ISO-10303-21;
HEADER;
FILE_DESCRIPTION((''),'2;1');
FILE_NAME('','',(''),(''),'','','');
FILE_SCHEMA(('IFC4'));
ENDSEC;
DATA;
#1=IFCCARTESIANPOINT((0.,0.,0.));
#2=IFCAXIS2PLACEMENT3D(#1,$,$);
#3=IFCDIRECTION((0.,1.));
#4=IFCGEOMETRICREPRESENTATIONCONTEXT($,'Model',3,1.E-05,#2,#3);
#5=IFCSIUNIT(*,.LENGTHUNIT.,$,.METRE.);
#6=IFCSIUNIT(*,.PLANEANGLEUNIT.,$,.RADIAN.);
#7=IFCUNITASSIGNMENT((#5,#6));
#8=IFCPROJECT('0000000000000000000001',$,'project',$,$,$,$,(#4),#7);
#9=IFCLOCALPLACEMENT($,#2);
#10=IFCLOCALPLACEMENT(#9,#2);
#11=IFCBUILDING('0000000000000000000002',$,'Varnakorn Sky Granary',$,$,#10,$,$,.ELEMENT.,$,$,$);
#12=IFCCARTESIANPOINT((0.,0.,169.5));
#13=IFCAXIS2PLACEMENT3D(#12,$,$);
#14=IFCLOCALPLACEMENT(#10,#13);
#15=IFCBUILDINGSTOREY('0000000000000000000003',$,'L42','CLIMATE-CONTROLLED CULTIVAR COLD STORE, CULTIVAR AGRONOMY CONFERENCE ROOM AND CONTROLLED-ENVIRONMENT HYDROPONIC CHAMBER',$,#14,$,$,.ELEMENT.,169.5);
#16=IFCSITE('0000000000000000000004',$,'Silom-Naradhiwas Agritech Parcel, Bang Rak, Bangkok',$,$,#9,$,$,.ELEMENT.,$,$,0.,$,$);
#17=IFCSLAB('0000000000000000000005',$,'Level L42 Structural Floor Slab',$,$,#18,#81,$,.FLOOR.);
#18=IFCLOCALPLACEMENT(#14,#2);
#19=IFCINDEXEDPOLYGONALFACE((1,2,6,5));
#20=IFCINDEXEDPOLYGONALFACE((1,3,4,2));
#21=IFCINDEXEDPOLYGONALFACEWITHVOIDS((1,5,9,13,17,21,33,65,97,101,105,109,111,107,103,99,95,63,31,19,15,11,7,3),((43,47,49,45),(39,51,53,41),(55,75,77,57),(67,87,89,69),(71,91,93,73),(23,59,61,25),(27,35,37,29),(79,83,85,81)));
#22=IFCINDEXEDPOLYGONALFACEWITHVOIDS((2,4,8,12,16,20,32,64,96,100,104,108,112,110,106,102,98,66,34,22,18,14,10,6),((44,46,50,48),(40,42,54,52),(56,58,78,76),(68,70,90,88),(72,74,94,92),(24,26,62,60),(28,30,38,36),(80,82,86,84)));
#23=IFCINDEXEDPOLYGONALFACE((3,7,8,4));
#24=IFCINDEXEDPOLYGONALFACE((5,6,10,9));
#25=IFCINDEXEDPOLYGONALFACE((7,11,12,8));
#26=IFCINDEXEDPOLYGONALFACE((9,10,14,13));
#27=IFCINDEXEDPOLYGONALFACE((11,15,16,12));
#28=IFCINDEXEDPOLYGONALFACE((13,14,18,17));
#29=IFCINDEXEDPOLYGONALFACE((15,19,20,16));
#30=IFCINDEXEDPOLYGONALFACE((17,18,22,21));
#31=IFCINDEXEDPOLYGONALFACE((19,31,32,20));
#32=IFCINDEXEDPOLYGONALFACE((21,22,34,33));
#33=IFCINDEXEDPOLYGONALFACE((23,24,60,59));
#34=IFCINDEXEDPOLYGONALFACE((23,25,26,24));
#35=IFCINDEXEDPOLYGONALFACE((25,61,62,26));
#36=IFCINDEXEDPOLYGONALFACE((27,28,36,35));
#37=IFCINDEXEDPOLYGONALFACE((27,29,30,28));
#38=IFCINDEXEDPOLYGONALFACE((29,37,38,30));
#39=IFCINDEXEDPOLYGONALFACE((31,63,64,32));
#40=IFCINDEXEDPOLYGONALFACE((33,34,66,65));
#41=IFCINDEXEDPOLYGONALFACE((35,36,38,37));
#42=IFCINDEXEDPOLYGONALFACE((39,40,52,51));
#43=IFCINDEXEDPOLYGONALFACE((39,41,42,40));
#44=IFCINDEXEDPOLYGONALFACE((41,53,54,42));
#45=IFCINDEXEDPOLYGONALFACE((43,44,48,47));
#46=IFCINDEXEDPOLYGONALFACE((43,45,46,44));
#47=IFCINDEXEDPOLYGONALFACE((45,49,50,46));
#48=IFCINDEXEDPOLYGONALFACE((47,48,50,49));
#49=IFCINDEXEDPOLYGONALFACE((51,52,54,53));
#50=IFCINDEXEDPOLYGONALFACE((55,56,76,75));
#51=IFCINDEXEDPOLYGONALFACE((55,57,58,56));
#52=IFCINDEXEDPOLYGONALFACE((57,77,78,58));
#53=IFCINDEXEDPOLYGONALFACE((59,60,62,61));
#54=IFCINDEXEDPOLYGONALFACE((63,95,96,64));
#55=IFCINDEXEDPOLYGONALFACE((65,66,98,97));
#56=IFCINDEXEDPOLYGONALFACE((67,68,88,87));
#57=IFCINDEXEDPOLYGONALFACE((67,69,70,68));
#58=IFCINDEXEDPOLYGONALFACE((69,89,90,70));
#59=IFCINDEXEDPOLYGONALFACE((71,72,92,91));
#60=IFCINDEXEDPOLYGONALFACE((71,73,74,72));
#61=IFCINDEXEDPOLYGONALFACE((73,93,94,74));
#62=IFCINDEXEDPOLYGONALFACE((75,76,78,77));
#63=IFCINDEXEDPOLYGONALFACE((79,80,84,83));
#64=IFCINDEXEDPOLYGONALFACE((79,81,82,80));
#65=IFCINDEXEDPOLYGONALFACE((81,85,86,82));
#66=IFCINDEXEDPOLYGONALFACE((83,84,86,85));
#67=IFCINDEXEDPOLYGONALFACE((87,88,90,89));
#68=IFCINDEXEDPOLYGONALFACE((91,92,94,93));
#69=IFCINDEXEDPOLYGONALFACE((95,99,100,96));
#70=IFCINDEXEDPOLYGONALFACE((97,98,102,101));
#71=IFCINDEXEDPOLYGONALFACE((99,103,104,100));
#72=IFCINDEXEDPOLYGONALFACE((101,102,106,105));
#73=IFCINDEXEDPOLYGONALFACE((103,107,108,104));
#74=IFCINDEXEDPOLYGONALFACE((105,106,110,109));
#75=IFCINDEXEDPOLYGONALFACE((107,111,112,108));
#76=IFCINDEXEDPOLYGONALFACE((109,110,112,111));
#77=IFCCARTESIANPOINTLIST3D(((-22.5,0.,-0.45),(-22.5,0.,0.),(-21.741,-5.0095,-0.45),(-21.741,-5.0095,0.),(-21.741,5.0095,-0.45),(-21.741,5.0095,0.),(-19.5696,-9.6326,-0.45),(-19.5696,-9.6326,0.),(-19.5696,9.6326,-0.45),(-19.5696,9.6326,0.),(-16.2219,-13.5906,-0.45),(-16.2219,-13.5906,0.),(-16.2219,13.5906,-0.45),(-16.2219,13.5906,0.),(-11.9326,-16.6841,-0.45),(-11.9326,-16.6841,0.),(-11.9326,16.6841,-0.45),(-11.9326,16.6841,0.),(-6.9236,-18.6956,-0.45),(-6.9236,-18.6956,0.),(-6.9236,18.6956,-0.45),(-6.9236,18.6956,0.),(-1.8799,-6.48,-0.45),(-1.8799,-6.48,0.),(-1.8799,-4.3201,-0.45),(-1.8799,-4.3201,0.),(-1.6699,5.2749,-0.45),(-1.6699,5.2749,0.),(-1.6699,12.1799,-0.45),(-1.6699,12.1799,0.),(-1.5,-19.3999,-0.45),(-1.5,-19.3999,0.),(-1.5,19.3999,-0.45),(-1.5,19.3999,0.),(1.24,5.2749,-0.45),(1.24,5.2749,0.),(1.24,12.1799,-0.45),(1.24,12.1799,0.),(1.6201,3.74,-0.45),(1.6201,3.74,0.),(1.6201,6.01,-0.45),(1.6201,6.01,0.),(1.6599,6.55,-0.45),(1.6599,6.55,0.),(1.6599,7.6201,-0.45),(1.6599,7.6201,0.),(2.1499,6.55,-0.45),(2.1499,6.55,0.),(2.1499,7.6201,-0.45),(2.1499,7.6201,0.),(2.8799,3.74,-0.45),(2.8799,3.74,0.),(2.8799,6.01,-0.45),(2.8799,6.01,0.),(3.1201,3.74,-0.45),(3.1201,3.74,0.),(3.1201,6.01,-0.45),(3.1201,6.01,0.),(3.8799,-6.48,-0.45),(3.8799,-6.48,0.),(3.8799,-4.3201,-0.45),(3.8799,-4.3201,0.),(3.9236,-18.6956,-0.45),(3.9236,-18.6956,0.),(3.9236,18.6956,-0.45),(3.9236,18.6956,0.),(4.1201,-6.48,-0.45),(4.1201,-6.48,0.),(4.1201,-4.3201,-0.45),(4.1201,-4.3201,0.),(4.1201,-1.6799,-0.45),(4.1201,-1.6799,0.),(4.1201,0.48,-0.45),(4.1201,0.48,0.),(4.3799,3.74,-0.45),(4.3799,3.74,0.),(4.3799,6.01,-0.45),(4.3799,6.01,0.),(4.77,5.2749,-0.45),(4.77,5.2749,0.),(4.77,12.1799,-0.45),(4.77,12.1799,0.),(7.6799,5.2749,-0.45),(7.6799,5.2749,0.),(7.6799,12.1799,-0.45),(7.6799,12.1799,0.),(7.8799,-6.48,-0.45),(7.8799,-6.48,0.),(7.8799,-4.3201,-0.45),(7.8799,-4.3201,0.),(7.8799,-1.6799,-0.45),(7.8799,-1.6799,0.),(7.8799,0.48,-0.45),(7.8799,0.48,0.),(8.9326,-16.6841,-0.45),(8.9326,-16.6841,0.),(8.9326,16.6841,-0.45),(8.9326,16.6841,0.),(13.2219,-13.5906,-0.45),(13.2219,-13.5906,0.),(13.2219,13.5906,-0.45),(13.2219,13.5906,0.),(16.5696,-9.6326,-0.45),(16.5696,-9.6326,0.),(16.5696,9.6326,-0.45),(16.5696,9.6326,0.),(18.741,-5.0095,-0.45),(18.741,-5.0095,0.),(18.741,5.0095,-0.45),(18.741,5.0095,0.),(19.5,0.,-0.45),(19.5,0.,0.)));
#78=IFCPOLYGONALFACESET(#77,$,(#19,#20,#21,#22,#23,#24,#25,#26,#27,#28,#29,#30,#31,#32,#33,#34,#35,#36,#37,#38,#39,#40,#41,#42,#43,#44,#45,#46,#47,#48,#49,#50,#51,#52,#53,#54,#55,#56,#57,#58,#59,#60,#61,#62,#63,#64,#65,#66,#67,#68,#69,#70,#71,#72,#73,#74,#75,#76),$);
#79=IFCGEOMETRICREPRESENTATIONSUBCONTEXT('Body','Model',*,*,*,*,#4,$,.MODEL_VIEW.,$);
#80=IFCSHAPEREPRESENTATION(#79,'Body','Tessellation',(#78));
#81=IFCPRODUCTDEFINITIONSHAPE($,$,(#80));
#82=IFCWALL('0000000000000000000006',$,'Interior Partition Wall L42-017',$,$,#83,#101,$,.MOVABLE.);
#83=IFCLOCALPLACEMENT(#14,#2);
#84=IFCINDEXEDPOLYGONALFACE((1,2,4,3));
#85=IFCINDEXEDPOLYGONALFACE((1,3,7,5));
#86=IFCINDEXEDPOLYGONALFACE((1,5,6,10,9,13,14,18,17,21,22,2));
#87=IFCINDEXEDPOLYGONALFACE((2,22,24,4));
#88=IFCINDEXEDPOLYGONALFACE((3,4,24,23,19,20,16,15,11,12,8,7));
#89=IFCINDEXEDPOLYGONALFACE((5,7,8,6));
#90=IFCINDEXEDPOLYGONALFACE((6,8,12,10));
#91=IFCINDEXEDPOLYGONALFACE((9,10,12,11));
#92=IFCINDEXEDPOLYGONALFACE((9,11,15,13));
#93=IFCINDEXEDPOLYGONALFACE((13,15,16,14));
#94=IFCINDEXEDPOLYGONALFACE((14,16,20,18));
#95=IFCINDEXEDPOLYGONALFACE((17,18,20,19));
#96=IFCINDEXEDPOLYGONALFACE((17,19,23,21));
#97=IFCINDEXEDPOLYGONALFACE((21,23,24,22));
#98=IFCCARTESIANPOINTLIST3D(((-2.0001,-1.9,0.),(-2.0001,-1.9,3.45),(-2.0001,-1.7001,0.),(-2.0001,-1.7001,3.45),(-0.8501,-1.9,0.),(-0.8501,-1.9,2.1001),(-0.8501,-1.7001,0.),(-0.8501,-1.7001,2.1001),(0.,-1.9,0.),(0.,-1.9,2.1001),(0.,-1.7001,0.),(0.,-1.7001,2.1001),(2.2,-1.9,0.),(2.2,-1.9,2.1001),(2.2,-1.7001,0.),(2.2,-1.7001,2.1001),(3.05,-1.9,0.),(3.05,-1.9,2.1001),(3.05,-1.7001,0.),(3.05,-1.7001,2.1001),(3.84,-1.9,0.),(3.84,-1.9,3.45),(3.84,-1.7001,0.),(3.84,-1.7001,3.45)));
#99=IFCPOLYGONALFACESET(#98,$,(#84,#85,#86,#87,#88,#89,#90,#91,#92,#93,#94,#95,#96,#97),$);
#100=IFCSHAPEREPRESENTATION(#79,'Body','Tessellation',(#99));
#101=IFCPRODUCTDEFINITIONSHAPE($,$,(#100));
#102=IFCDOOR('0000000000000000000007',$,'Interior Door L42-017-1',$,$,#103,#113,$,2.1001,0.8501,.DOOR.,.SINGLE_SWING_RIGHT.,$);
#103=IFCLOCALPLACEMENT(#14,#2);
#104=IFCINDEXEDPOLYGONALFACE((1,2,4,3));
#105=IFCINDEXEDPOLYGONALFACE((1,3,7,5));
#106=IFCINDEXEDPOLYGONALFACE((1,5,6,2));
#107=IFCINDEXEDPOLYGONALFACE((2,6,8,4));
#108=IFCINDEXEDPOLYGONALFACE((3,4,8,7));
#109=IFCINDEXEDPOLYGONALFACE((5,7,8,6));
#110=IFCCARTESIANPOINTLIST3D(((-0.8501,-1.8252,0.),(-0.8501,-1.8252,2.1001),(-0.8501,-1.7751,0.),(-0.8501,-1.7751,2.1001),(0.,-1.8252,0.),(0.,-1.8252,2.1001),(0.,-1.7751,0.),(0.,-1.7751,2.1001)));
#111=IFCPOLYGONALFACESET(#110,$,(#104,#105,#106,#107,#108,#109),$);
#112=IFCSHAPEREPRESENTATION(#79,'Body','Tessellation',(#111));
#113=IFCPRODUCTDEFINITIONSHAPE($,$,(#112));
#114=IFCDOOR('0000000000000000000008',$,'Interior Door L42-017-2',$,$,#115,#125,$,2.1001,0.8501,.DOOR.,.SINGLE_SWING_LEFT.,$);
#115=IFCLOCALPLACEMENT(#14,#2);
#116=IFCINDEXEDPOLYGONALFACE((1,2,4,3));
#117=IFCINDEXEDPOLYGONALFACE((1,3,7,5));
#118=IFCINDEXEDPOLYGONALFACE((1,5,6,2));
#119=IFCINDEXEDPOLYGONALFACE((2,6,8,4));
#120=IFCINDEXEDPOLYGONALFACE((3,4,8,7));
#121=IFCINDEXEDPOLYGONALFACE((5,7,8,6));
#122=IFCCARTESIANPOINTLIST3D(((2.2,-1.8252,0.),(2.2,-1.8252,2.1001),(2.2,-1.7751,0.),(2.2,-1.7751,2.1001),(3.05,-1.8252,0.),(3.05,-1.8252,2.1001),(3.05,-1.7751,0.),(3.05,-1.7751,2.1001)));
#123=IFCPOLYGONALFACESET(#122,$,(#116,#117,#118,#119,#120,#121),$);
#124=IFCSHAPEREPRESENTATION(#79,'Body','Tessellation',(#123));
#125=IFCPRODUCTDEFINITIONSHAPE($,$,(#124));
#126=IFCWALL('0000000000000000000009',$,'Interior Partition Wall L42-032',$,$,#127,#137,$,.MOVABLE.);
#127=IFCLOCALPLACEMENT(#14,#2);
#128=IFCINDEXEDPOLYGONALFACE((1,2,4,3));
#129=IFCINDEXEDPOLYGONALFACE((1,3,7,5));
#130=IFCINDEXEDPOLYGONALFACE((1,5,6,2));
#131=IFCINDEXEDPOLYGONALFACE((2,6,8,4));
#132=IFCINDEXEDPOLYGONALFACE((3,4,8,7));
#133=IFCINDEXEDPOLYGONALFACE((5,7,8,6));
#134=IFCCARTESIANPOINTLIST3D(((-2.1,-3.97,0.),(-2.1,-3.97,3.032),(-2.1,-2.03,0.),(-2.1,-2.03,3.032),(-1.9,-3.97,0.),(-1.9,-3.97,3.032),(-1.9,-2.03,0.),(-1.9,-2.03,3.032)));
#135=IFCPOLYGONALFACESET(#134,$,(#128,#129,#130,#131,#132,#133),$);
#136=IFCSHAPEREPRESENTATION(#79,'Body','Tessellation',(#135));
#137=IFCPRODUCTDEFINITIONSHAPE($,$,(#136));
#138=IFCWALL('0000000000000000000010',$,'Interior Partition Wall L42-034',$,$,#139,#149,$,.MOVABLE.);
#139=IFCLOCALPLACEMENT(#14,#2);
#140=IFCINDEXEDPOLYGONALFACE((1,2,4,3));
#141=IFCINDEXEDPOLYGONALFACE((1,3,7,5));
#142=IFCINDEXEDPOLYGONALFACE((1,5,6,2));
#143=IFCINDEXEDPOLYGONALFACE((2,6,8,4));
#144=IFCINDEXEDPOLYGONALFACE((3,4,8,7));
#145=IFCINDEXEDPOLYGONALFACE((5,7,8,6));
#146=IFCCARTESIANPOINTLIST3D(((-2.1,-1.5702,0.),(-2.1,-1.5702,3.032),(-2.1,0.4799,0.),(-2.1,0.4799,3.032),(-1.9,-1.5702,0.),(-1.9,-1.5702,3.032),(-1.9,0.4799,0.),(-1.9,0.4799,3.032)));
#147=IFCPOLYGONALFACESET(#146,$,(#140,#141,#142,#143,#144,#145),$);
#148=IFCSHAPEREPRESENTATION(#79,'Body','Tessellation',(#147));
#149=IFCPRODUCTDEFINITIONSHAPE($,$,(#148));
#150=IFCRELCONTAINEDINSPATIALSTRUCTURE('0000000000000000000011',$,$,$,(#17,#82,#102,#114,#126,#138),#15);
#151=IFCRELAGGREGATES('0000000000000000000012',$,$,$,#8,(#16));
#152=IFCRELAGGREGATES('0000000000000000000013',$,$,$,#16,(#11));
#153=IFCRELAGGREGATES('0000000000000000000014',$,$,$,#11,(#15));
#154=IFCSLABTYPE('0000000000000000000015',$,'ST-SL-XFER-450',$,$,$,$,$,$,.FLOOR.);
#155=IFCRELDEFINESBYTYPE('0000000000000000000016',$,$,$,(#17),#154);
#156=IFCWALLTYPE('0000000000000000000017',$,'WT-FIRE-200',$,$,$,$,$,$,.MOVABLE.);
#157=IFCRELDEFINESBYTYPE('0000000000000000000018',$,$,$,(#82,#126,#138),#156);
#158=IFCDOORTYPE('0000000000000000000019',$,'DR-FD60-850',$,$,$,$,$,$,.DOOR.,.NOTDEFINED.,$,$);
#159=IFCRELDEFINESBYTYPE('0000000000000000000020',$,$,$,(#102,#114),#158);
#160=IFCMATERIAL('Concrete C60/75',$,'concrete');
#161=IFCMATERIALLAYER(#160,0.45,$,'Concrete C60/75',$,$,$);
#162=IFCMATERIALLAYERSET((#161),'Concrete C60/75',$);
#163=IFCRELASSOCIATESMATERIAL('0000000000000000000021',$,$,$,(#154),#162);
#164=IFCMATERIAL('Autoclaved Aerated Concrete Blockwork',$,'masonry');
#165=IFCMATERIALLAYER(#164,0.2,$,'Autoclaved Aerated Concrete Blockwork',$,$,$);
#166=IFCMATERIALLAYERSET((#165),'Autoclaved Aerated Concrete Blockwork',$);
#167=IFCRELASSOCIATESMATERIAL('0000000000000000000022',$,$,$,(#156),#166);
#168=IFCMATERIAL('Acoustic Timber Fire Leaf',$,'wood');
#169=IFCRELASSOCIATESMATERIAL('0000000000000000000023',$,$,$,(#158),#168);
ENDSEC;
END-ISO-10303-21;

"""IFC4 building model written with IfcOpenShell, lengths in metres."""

from ifc_helpers import new_model, si_unit, direction, frame, frame_2d, origin, place, context, subcontext, project, spatial, polyline, rectangle, outline, extrude, material, layer, layer_set, type_object, element, fill, save


model = new_model("IFC4")

# Units and contexts
model_context = context("Model", 3, precision=1e-05, world=origin(), true_north=direction((0.0, 1.0)))
body_context = subcontext(model_context, "Body", "Model", "MODEL_VIEW")
ifc_project = project(units=[si_unit("LENGTHUNIT", "METRE"), si_unit("PLANEANGLEUNIT", "RADIAN")], contexts=[model_context])

# Site, building, storey
site_placement = place(None, origin())
site = spatial("IfcSite", under=ifc_project, at=site_placement, Name="Silom-Naradhiwas Agritech Parcel, Bang Rak, Bangkok", CompositionType="ELEMENT", RefElevation=0.0)
building_placement = place(site_placement, origin())
building = spatial("IfcBuilding", under=site, at=building_placement, Name="Varnakorn Sky Granary", CompositionType="ELEMENT")
storey_placement = place(building_placement, frame((0.0, 0.0, 169.5)))
storey = spatial("IfcBuildingStorey", under=building, at=storey_placement, Name="L42", Description="CLIMATE-CONTROLLED CULTIVAR COLD STORE, CULTIVAR AGRONOMY CONFERENCE ROOM AND CONTROLLED-ENVIRONMENT HYDROPONIC CHAMBER", CompositionType="ELEMENT", Elevation=169.5)

# Slab
ifc_material_1 = material(Name="Concrete C60/75", Category="concrete")
ifc_layer_1 = layer(ifc_material_1, 0.45, Name="Concrete C60/75")
ifc_layer_set_1 = layer_set([ifc_layer_1], Name="Concrete C60/75")
slab_type_1 = type_object("IfcSlabType", Name="ST-SL-XFER-450", PredefinedType="FLOOR", material=ifc_layer_set_1)
slab_1_placement = place(storey_placement, frame((0.0, 0.0, -0.45)))
element("IfcSlab", 1, at=slab_1_placement, inside=storey, type_object=slab_type_1, Name="Level L42 Structural Floor Slab", PredefinedType="FLOOR", context=body_context, shape_type="SweptSolid", body=[
    extrude(outline(polyline([(19.5, 0.0), (18.741, 5.0095), (16.5696, 9.6326), (13.2219, 13.5906), (8.9326, 16.6841), (3.9236, 18.6956), (-1.5, 19.3999), (-6.9236, 18.6956), (-11.9326, 16.6841), (-16.2219, 13.5906), (-19.5696, 9.6326), (-21.741, 5.0095), (-22.5, 0.0), (-21.741, -5.0095), (-19.5696, -9.6326), (-16.2219, -13.5906), (-11.9326, -16.6841), (-6.9236, -18.6956), (-1.5, -19.3999), (3.9236, -18.6956), (8.9326, -16.6841), (13.2219, -13.5906), (16.5696, -9.6326), (18.741, -5.0095), (19.5, 0.0)]), holes=[polyline([(1.24, 5.2749), (1.24, 12.1799), (-1.6699, 12.1799), (-1.6699, 5.2749), (1.24, 5.2749)]), polyline([(7.6799, 5.2749), (7.6799, 12.1799), (4.77, 12.1799), (4.77, 5.2749), (7.6799, 5.2749)]), polyline([(1.6599, 6.55), (2.1499, 6.55), (2.1499, 7.6201), (1.6599, 7.6201), (1.6599, 6.55)]), polyline([(1.6201, 3.74), (2.8799, 3.74), (2.8799, 6.01), (1.6201, 6.01), (1.6201, 3.74)]), polyline([(3.1201, 3.74), (4.3799, 3.74), (4.3799, 6.01), (3.1201, 6.01), (3.1201, 3.74)]), polyline([(4.1201, -1.6799), (7.8799, -1.6799), (7.8799, 0.48), (4.1201, 0.48), (4.1201, -1.6799)]), polyline([(-1.8799, -6.48), (3.8799, -6.48), (3.8799, -4.3201), (-1.8799, -4.3201), (-1.8799, -6.48)]), polyline([(4.1201, -6.48), (7.8799, -6.48), (7.8799, -4.3201), (4.1201, -4.3201), (4.1201, -6.48)])]), origin(), (0.0, 0.0, 1.0), 0.45),
])

# Wall, openings, doors
ifc_material_2 = material(Name="Autoclaved Aerated Concrete Blockwork", Category="masonry")
ifc_layer_2 = layer(ifc_material_2, 0.2, Name="Autoclaved Aerated Concrete Blockwork")
ifc_layer_set_2 = layer_set([ifc_layer_2], Name="Autoclaved Aerated Concrete Blockwork")
wall_type_1 = type_object("IfcWallType", Name="WT-FIRE-200", PredefinedType="MOVABLE", material=ifc_layer_set_2)
wall_1_placement = place(storey_placement, frame((-2.0, -1.8, 0.0), z_axis=(0.0, 0.0, 1.0), x_axis=(1.0, 0.0, 0.0)))
wall_1 = element("IfcWall", 2, at=wall_1_placement, inside=storey, type_object=wall_type_1, Name="Interior Partition Wall L42-017", PredefinedType="MOVABLE", context=body_context, shape_type="SweptSolid", body=[
    extrude(rectangle(XDim=5.8401, YDim=0.2, at=frame_2d((2.9199, 0.0))), origin(), (0.0, 0.0, 1.0), 3.45),
])
opening_1_placement = place(wall_1_placement, frame((1.1499, 0.0, 0.0)))
opening_1 = element("IfcOpeningElement", 3, at=opening_1_placement, cuts=wall_1, PredefinedType="OPENING", context=body_context, shape_type="SweptSolid", body=[
    extrude(rectangle(XDim=0.8501, YDim=2.1001, at=frame_2d((0.425, 1.05))), frame((0.0, 0.1099, 0.0), z_axis=(0.0, -1.0, 0.0), x_axis=(1.0, 0.0, 0.0)), (0.0, 0.0, 1.0), 0.22),
])
opening_2_placement = place(wall_1_placement, frame((4.2, 0.0, 0.0)))
opening_2 = element("IfcOpeningElement", 4, at=opening_2_placement, cuts=wall_1, PredefinedType="OPENING", context=body_context, shape_type="SweptSolid", body=[
    extrude(rectangle(XDim=0.8501, YDim=2.1001, at=frame_2d((0.425, 1.05))), frame((0.0, 0.1099, 0.0), z_axis=(0.0, -1.0, 0.0), x_axis=(1.0, 0.0, 0.0)), (0.0, 0.0, 1.0), 0.22),
])
ifc_material_3 = material(Name="Acoustic Timber Fire Leaf", Category="wood")
door_type_1 = type_object("IfcDoorType", Name="DR-FD60-850", OperationType="NOTDEFINED", PredefinedType="DOOR", material=ifc_material_3)
door_1_placement = place(opening_1_placement, origin())
door_1 = element("IfcDoor", 5, at=door_1_placement, inside=storey, type_object=door_type_1, Name="Interior Door L42-017-1", OperationType="SINGLE_SWING_RIGHT", OverallHeight=2.1001, OverallWidth=0.8501, PredefinedType="DOOR", context=body_context, shape_type="SweptSolid", body=[
    extrude(rectangle(XDim=0.8501, YDim=2.1001, at=frame_2d((0.425, 1.05))), frame((0.0, 0.0249, 0.0), z_axis=(0.0, -1.0, 0.0), x_axis=(1.0, 0.0, 0.0)), (0.0, 0.0, 1.0), 0.05),
])
fill(opening_1, door_1)
door_2_placement = place(opening_2_placement, origin())
door_2 = element("IfcDoor", 6, at=door_2_placement, inside=storey, type_object=door_type_1, Name="Interior Door L42-017-2", OperationType="SINGLE_SWING_LEFT", OverallHeight=2.1001, OverallWidth=0.8501, PredefinedType="DOOR", context=body_context, shape_type="SweptSolid", body=[
    extrude(rectangle(XDim=0.8501, YDim=2.1001, at=frame_2d((0.425, 1.05))), frame((0.0, 0.0249, 0.0), z_axis=(0.0, -1.0, 0.0), x_axis=(1.0, 0.0, 0.0)), (0.0, 0.0, 1.0), 0.05),
])
fill(opening_2, door_2)

# Walls
wall_2_placement = place(storey_placement, frame((-2.0, -3.97, 0.0), z_axis=(0.0, 0.0, 1.0), x_axis=(0.0, 1.0, 0.0)))
element("IfcWall", 7, at=wall_2_placement, inside=storey, type_object=wall_type_1, Name="Interior Partition Wall L42-032", PredefinedType="MOVABLE", context=body_context, shape_type="SweptSolid", body=[
    extrude(rectangle(XDim=1.9399, YDim=0.2, at=frame_2d((0.97, 0.0))), origin(), (0.0, 0.0, 1.0), 3.032),
])
wall_3_placement = place(storey_placement, frame((-2.0, -1.5701, 0.0), z_axis=(0.0, 0.0, 1.0), x_axis=(0.0, 1.0, 0.0)))
element("IfcWall", 8, at=wall_3_placement, inside=storey, type_object=wall_type_1, Name="Interior Partition Wall L42-034", PredefinedType="MOVABLE", context=body_context, shape_type="SweptSolid", body=[
    extrude(rectangle(XDim=2.05, YDim=0.2, at=frame_2d((1.0249, 0.0))), origin(), (0.0, 0.0, 1.0), 3.032),
])

save(model, "model.ifc")
